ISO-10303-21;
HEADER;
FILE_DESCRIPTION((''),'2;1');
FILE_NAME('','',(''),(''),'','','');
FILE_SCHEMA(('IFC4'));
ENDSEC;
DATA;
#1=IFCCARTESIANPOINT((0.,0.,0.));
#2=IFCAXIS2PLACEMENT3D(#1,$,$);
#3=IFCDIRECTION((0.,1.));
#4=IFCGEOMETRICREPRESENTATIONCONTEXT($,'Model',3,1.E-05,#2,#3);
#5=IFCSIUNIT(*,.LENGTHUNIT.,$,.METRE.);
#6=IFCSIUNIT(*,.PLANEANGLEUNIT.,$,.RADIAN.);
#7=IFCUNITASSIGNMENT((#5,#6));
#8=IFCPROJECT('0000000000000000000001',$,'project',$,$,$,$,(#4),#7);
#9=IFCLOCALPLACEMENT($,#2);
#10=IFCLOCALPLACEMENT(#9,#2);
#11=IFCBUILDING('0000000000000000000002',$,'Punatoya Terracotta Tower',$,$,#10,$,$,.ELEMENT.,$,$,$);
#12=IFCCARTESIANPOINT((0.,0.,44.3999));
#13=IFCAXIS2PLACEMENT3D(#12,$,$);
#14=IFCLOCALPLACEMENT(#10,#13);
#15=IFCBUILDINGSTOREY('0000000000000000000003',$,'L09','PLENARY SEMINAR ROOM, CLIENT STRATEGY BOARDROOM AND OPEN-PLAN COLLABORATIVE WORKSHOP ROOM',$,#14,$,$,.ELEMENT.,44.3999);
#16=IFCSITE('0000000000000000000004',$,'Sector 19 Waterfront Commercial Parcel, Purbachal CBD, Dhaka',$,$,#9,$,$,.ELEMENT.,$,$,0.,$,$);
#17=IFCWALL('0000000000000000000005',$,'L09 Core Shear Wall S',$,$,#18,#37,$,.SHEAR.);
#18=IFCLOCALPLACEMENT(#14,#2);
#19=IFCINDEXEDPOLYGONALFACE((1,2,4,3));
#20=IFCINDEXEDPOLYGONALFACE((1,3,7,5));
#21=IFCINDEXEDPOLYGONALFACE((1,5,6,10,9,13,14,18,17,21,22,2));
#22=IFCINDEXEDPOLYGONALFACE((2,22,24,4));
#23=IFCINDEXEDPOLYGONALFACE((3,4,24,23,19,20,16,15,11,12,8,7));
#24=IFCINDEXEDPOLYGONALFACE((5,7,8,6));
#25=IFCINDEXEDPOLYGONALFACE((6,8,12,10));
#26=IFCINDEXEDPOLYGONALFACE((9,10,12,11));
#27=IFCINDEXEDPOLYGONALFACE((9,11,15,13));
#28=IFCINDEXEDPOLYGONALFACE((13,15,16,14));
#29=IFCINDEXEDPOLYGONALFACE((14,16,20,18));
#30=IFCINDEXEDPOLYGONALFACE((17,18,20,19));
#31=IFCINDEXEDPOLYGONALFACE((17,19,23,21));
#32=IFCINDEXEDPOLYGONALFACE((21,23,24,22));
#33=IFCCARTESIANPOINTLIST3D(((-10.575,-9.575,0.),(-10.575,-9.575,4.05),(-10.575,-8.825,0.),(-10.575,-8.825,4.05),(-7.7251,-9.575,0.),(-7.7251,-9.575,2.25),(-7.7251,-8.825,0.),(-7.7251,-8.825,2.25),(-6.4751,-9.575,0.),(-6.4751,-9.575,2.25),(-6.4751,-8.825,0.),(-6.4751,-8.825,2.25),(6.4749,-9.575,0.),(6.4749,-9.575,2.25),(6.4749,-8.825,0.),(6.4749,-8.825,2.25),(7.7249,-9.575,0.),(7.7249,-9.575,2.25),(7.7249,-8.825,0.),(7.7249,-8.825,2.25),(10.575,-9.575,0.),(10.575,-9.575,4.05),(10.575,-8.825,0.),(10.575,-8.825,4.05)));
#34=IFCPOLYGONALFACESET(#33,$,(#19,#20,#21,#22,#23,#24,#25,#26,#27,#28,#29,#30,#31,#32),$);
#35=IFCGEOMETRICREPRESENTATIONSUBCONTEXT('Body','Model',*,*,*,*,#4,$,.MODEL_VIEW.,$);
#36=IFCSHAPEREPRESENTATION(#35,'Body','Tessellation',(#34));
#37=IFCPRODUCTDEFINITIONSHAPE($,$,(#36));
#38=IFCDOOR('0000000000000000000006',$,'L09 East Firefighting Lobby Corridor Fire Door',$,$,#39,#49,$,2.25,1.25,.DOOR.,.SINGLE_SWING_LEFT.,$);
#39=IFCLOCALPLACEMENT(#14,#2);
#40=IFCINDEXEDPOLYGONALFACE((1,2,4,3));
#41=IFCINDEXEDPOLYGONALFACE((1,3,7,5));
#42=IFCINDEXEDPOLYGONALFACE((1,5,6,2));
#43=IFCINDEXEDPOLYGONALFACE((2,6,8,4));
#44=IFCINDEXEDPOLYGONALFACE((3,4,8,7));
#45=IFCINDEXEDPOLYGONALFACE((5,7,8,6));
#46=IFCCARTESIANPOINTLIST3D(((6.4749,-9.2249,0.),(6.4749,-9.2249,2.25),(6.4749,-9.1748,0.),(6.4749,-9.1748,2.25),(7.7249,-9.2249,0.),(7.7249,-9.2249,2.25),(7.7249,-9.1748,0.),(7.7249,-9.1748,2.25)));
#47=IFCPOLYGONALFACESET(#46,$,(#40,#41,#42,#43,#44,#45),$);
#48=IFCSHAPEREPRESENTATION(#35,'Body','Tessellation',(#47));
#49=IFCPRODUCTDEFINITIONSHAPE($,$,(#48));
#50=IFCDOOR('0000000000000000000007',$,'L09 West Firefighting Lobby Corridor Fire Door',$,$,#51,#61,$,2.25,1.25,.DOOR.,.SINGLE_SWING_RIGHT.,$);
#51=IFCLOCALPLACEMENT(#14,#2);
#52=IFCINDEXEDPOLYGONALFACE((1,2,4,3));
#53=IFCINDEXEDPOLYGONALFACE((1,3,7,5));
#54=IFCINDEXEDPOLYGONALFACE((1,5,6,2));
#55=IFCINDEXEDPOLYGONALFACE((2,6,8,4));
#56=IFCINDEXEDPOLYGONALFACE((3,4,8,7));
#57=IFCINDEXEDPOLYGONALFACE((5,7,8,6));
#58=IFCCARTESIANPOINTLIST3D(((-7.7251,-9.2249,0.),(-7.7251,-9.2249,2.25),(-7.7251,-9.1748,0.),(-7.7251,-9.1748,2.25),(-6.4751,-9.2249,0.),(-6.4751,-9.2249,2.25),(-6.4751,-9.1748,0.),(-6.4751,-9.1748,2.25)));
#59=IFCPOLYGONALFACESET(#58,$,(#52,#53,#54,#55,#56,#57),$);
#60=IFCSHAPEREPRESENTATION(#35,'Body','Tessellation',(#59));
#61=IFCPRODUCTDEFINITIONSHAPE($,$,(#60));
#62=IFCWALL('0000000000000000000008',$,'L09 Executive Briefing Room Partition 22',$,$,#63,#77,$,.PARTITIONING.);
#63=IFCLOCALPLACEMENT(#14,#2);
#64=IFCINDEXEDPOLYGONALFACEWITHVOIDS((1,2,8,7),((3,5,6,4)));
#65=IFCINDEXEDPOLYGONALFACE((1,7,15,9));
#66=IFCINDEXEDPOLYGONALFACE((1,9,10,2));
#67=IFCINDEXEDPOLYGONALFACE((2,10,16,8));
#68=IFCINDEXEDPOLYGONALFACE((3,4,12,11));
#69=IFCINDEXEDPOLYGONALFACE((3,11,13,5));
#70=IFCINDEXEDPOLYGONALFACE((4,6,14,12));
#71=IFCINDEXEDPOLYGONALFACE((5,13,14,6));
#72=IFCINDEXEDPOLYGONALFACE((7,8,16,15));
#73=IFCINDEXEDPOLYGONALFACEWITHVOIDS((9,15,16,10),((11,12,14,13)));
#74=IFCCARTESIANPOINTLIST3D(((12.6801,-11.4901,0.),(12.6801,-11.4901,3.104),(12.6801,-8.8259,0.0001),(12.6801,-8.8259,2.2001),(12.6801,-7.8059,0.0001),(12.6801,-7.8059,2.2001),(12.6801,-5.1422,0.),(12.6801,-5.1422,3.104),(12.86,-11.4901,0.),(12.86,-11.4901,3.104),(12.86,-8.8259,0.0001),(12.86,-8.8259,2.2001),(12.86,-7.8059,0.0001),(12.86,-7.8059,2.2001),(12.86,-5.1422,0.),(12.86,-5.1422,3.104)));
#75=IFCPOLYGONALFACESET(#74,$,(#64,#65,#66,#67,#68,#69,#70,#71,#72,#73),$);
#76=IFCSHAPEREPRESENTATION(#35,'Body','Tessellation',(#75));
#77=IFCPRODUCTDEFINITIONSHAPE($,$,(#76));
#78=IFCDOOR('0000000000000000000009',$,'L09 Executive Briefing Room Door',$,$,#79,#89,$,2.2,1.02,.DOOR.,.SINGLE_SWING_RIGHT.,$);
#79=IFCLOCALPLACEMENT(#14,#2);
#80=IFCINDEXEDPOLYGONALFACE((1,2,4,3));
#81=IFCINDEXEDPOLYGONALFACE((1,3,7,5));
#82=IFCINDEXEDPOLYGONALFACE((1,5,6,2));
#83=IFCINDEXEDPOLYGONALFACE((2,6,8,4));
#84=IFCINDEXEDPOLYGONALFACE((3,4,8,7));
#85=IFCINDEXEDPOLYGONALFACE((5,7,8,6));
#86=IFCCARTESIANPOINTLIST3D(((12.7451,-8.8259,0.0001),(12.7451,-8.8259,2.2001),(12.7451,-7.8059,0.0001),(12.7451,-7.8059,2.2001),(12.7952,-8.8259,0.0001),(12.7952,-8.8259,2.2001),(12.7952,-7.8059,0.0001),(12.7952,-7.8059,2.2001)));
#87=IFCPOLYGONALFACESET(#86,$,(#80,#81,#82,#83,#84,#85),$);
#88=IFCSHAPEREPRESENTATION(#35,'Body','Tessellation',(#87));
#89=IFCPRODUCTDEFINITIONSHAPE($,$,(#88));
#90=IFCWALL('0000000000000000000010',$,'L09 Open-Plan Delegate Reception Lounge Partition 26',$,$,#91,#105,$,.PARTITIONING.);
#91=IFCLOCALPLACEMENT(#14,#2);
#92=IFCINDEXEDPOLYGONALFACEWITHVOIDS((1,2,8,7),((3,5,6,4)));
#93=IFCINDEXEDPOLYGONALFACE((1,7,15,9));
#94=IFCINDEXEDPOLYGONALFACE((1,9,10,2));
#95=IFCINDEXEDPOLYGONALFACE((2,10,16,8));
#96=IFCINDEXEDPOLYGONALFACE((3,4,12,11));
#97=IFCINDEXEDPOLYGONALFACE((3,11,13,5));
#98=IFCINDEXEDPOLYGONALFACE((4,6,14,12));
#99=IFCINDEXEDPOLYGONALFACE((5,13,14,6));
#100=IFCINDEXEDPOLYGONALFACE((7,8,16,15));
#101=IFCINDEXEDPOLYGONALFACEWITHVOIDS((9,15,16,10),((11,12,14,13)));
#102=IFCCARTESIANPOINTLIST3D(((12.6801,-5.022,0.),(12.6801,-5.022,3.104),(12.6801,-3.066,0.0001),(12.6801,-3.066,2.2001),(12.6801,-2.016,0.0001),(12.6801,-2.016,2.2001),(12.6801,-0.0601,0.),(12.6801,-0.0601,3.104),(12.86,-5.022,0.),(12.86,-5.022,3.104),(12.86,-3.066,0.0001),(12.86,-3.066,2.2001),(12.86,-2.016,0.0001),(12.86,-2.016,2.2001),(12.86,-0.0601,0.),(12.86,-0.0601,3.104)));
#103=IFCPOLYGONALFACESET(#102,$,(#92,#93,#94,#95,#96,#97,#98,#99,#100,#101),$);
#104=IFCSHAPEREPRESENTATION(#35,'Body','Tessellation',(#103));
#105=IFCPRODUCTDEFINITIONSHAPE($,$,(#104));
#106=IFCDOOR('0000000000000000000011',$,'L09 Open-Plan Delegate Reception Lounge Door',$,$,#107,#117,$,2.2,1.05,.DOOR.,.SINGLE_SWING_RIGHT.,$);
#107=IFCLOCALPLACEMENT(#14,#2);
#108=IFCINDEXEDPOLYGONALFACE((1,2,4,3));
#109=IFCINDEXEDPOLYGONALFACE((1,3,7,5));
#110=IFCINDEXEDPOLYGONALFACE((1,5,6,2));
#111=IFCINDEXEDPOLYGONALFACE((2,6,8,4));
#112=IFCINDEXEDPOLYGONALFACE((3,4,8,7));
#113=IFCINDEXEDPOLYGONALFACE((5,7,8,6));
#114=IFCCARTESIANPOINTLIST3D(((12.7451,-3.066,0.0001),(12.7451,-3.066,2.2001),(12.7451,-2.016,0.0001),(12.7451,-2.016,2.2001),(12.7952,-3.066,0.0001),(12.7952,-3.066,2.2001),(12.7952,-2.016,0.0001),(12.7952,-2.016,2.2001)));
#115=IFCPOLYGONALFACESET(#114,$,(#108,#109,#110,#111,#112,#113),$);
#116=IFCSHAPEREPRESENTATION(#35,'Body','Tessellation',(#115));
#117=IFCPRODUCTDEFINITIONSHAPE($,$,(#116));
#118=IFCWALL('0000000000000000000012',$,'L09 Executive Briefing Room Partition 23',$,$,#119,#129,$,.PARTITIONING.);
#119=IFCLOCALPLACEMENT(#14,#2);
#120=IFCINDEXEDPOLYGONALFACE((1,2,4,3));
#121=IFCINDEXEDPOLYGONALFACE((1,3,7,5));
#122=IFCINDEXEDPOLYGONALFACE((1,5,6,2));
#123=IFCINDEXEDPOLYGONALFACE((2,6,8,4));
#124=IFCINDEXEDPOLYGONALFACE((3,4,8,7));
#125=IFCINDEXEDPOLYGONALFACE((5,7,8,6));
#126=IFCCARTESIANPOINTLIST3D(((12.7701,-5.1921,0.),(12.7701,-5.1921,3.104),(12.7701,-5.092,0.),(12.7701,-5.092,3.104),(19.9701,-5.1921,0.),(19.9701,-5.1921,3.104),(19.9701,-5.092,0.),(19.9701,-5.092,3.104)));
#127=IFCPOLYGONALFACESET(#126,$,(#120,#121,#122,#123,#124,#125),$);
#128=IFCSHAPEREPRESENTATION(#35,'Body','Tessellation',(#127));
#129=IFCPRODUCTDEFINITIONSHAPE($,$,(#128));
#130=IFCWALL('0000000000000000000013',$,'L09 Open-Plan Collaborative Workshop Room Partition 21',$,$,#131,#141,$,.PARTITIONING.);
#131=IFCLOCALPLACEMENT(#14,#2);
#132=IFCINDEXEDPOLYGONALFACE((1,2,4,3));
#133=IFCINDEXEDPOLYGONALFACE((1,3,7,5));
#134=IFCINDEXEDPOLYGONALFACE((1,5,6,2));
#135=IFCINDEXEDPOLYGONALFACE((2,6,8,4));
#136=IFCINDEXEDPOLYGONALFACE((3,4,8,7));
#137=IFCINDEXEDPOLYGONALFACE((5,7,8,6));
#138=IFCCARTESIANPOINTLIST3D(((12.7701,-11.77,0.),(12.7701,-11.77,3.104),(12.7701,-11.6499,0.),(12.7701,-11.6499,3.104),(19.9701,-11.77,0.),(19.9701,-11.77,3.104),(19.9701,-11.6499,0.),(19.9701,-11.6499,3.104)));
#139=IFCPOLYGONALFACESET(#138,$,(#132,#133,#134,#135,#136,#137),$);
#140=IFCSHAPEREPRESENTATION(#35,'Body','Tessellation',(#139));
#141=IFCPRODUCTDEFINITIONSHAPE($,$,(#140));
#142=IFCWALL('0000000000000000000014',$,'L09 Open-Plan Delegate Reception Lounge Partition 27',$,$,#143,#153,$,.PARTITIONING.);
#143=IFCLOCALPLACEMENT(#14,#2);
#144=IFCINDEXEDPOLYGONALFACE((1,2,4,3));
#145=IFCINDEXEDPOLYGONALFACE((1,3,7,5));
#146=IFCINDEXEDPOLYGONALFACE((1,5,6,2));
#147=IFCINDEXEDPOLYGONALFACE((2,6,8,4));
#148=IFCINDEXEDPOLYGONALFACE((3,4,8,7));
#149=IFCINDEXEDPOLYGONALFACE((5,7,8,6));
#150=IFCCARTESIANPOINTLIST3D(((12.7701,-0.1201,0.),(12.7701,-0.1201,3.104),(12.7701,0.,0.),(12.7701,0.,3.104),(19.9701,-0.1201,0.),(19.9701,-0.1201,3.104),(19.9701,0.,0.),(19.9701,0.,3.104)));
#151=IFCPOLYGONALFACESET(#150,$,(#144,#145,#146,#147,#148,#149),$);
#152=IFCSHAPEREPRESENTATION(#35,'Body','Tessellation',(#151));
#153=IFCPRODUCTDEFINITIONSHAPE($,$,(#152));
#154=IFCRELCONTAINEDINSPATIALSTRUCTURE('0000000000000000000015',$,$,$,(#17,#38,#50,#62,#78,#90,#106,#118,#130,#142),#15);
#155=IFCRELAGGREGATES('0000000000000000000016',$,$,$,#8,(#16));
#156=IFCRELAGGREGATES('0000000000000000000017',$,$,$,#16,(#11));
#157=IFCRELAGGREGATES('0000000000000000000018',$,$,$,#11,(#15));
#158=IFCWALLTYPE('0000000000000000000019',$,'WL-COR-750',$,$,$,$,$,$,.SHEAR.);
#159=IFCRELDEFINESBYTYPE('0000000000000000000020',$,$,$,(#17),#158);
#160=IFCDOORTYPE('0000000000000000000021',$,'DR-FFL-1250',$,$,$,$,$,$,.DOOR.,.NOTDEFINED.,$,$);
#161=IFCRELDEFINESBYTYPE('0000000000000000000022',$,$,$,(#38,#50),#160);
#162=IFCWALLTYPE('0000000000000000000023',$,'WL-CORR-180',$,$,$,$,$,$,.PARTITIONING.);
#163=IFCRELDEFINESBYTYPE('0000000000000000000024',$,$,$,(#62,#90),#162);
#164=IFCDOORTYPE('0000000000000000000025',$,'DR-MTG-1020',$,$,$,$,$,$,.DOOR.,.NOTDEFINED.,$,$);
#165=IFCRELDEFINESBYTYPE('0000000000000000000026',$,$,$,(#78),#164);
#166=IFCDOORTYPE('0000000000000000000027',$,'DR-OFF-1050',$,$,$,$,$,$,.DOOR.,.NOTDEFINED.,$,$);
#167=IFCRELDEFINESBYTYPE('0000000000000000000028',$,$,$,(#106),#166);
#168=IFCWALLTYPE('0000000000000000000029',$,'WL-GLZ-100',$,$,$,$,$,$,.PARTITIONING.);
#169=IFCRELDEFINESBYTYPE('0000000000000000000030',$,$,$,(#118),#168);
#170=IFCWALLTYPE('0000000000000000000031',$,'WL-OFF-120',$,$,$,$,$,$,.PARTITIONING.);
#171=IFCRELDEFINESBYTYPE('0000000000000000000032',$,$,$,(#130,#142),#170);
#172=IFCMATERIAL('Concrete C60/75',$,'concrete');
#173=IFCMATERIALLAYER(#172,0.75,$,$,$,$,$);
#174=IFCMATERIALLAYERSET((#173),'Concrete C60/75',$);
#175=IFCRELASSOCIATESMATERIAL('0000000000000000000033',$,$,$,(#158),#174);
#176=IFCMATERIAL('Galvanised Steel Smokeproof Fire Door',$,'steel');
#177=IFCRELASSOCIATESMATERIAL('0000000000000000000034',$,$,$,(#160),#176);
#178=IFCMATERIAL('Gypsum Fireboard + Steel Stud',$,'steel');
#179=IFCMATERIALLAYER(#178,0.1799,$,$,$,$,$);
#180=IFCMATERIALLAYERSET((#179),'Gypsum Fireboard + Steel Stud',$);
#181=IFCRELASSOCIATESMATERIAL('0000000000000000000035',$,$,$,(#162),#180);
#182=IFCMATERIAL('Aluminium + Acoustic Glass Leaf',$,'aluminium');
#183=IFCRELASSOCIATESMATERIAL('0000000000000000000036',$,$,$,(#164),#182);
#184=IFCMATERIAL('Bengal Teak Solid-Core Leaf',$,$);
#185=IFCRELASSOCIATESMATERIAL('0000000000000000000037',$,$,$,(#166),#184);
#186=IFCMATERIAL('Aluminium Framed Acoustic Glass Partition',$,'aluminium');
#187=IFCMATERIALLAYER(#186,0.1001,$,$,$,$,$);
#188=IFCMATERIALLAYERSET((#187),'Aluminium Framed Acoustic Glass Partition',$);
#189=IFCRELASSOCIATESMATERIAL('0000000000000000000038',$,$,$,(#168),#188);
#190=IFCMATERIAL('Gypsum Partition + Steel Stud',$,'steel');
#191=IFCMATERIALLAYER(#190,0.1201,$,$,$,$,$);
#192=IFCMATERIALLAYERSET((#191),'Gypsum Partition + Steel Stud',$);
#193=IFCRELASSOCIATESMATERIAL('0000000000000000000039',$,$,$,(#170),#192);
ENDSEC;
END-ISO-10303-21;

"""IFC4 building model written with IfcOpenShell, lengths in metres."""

from ifc_helpers import new_model, si_unit, direction, frame, frame_2d, origin, place, context, subcontext, project, spatial, rectangle, extrude, material, layer, layer_set, type_object, element, fill, save


model = new_model("IFC4")

# Units and contexts
model_context = context("Model", 3, precision=1e-05, world=origin(), true_north=direction((0.0, 1.0)))
body_context = subcontext(model_context, "Body", "Model", "MODEL_VIEW")
ifc_project = project(units=[si_unit("LENGTHUNIT", "METRE"), si_unit("PLANEANGLEUNIT", "RADIAN")], contexts=[model_context])

# Site, building, storey
site_placement = place(None, origin())
site = spatial("IfcSite", under=ifc_project, at=site_placement, Name="Sector 19 Waterfront Commercial Parcel, Purbachal CBD, Dhaka", CompositionType="ELEMENT", RefElevation=0.0)
building_placement = place(site_placement, origin())
building = spatial("IfcBuilding", under=site, at=building_placement, Name="Punatoya Terracotta Tower", CompositionType="ELEMENT")
storey_placement = place(building_placement, frame((0.0, 0.0, 44.3999)))
storey = spatial("IfcBuildingStorey", under=building, at=storey_placement, Name="L09", Description="PLENARY SEMINAR ROOM, CLIENT STRATEGY BOARDROOM AND OPEN-PLAN COLLABORATIVE WORKSHOP ROOM", CompositionType="ELEMENT", Elevation=44.3999)

# Wall, openings, doors
ifc_material_1 = material(Name="Concrete C60/75", Category="concrete")
ifc_layer_1 = layer(ifc_material_1, 0.75)
ifc_layer_set_1 = layer_set([ifc_layer_1], Name="Concrete C60/75")
wall_type_1 = type_object("IfcWallType", Name="WL-COR-750", PredefinedType="SHEAR", material=ifc_layer_set_1)
wall_1_placement = place(storey_placement, frame((10.575, -9.2, 0.0), z_axis=(0.0, 0.0, 1.0), x_axis=(-1.0, 0.0, 0.0)))
wall_1 = element("IfcWall", 1, at=wall_1_placement, inside=storey, type_object=wall_type_1, Name="L09 Core Shear Wall S", PredefinedType="SHEAR", context=body_context, shape_type="SweptSolid", body=[
    extrude(rectangle(XDim=21.1499, YDim=0.75, at=frame_2d((10.575, 0.0))), origin(), (0.0, 0.0, 1.0), 4.05),
])
opening_1_placement = place(wall_1_placement, frame((2.8501, 0.0, 0.0)))
opening_1 = element("IfcOpeningElement", 2, at=opening_1_placement, cuts=wall_1, PredefinedType="OPENING", context=body_context, shape_type="SweptSolid", body=[
    extrude(rectangle(XDim=1.25, YDim=2.25, at=frame_2d((0.625, 1.125))), frame((0.0, 0.385, 0.0), z_axis=(0.0, -1.0, 0.0), x_axis=(1.0, 0.0, 0.0)), (0.0, 0.0, 1.0), 0.77),
])
opening_2_placement = place(wall_1_placement, frame((17.05, 0.0, 0.0)))
opening_2 = element("IfcOpeningElement", 3, at=opening_2_placement, cuts=wall_1, PredefinedType="OPENING", context=body_context, shape_type="SweptSolid", body=[
    extrude(rectangle(XDim=1.25, YDim=2.25, at=frame_2d((0.625, 1.125))), frame((0.0, 0.385, 0.0), z_axis=(0.0, -1.0, 0.0), x_axis=(1.0, 0.0, 0.0)), (0.0, 0.0, 1.0), 0.77),
])
ifc_material_2 = material(Name="Galvanised Steel Smokeproof Fire Door", Category="steel")
door_type_1 = type_object("IfcDoorType", Name="DR-FFL-1250", OperationType="NOTDEFINED", PredefinedType="DOOR", material=ifc_material_2)
door_1_placement = place(opening_1_placement, origin())
door_1 = element("IfcDoor", 4, at=door_1_placement, inside=storey, type_object=door_type_1, Name="L09 East Firefighting Lobby Corridor Fire Door", OperationType="SINGLE_SWING_LEFT", OverallHeight=2.25, OverallWidth=1.25, PredefinedType="DOOR", context=body_context, shape_type="SweptSolid", body=[
    extrude(rectangle(XDim=1.25, YDim=2.25, at=frame_2d((0.625, 1.125))), frame((0.0, 0.0249, 0.0), z_axis=(0.0, -1.0, 0.0), x_axis=(1.0, 0.0, 0.0)), (0.0, 0.0, 1.0), 0.05),
])
fill(opening_1, door_1)
door_2_placement = place(opening_2_placement, origin())
door_2 = element("IfcDoor", 5, at=door_2_placement, inside=storey, type_object=door_type_1, Name="L09 West Firefighting Lobby Corridor Fire Door", OperationType="SINGLE_SWING_RIGHT", OverallHeight=2.25, OverallWidth=1.25, PredefinedType="DOOR", context=body_context, shape_type="SweptSolid", body=[
    extrude(rectangle(XDim=1.25, YDim=2.25, at=frame_2d((0.625, 1.125))), frame((0.0, 0.0249, 0.0), z_axis=(0.0, -1.0, 0.0), x_axis=(1.0, 0.0, 0.0)), (0.0, 0.0, 1.0), 0.05),
])
fill(opening_2, door_2)

# Walls, openings, doors
ifc_material_3 = material(Name="Gypsum Fireboard + Steel Stud", Category="steel")
ifc_layer_2 = layer(ifc_material_3, 0.1799)
ifc_layer_set_2 = layer_set([ifc_layer_2], Name="Gypsum Fireboard + Steel Stud")
wall_type_2 = type_object("IfcWallType", Name="WL-CORR-180", PredefinedType="PARTITIONING", material=ifc_layer_set_2)
wall_2_placement = place(storey_placement, frame((12.77, -11.49, 0.0), z_axis=(0.0, 0.0, 1.0), x_axis=(0.0, 1.0, 0.0)))
wall_2 = element("IfcWall", 6, at=wall_2_placement, inside=storey, type_object=wall_type_2, Name="L09 Executive Briefing Room Partition 22", PredefinedType="PARTITIONING", context=body_context, shape_type="SweptSolid", body=[
    extrude(rectangle(XDim=6.3479, YDim=0.1799, at=frame_2d((3.1738, 0.0))), origin(), (0.0, 0.0, 1.0), 3.104),
])
opening_3_placement = place(wall_2_placement, frame((2.6641, 0.0, 0.0)))
opening_3 = element("IfcOpeningElement", 7, at=opening_3_placement, cuts=wall_2, PredefinedType="OPENING", context=body_context, shape_type="SweptSolid", body=[
    extrude(rectangle(XDim=1.02, YDim=2.2, at=frame_2d((0.51, 1.1001))), frame((0.0, 0.0999, 0.0), z_axis=(0.0, -1.0, 0.0), x_axis=(1.0, 0.0, 0.0)), (0.0, 0.0, 1.0), 0.2),
])
ifc_material_4 = material(Name="Aluminium + Acoustic Glass Leaf", Category="aluminium")
door_type_2 = type_object("IfcDoorType", Name="DR-MTG-1020", OperationType="NOTDEFINED", PredefinedType="DOOR", material=ifc_material_4)
door_3_placement = place(opening_3_placement, origin())
door_3 = element("IfcDoor", 8, at=door_3_placement, inside=storey, type_object=door_type_2, Name="L09 Executive Briefing Room Door", OperationType="SINGLE_SWING_RIGHT", OverallHeight=2.2, OverallWidth=1.02, PredefinedType="DOOR", context=body_context, shape_type="SweptSolid", body=[
    extrude(rectangle(XDim=1.02, YDim=2.2, at=frame_2d((0.51, 1.1001))), frame((0.0, 0.0249, 0.0), z_axis=(0.0, -1.0, 0.0), x_axis=(1.0, 0.0, 0.0)), (0.0, 0.0, 1.0), 0.05),
])
fill(opening_3, door_3)
wall_3_placement = place(storey_placement, frame((12.77, -5.022, 0.0), z_axis=(0.0, 0.0, 1.0), x_axis=(0.0, 1.0, 0.0)))
wall_3 = element("IfcWall", 9, at=wall_3_placement, inside=storey, type_object=wall_type_2, Name="L09 Open-Plan Delegate Reception Lounge Partition 26", PredefinedType="PARTITIONING", context=body_context, shape_type="SweptSolid", body=[
    extrude(rectangle(XDim=4.9619, YDim=0.1799, at=frame_2d((2.481, 0.0))), origin(), (0.0, 0.0, 1.0), 3.104),
])
opening_4_placement = place(wall_3_placement, frame((1.9561, 0.0, 0.0)))
opening_4 = element("IfcOpeningElement", 10, at=opening_4_placement, cuts=wall_3, PredefinedType="OPENING", context=body_context, shape_type="SweptSolid", body=[
    extrude(rectangle(XDim=1.05, YDim=2.2, at=frame_2d((0.5249, 1.1001))), frame((0.0, 0.0999, 0.0), z_axis=(0.0, -1.0, 0.0), x_axis=(1.0, 0.0, 0.0)), (0.0, 0.0, 1.0), 0.2),
])
ifc_material_5 = material(Name="Bengal Teak Solid-Core Leaf")
door_type_3 = type_object("IfcDoorType", Name="DR-OFF-1050", OperationType="NOTDEFINED", PredefinedType="DOOR", material=ifc_material_5)
door_4_placement = place(opening_4_placement, origin())
door_4 = element("IfcDoor", 11, at=door_4_placement, inside=storey, type_object=door_type_3, Name="L09 Open-Plan Delegate Reception Lounge Door", OperationType="SINGLE_SWING_RIGHT", OverallHeight=2.2, OverallWidth=1.05, PredefinedType="DOOR", context=body_context, shape_type="SweptSolid", body=[
    extrude(rectangle(XDim=1.05, YDim=2.2, at=frame_2d((0.5249, 1.1001))), frame((0.0, 0.0249, 0.0), z_axis=(0.0, -1.0, 0.0), x_axis=(1.0, 0.0, 0.0)), (0.0, 0.0, 1.0), 0.05),
])
fill(opening_4, door_4)

# Walls
ifc_material_6 = material(Name="Aluminium Framed Acoustic Glass Partition", Category="aluminium")
ifc_layer_3 = layer(ifc_material_6, 0.1001)
ifc_layer_set_3 = layer_set([ifc_layer_3], Name="Aluminium Framed Acoustic Glass Partition")
wall_type_3 = type_object("IfcWallType", Name="WL-GLZ-100", PredefinedType="PARTITIONING", material=ifc_layer_set_3)
wall_4_placement = place(storey_placement, frame((12.77, -5.1421, 0.0), z_axis=(0.0, 0.0, 1.0), x_axis=(1.0, 0.0, 0.0)))
element("IfcWall", 12, at=wall_4_placement, inside=storey, type_object=wall_type_3, Name="L09 Executive Briefing Room Partition 23", PredefinedType="PARTITIONING", context=body_context, shape_type="SweptSolid", body=[
    extrude(rectangle(XDim=7.2, YDim=0.1001, at=frame_2d((3.6001, 0.0))), origin(), (0.0, 0.0, 1.0), 3.104),
])
ifc_material_7 = material(Name="Gypsum Partition + Steel Stud", Category="steel")
ifc_layer_4 = layer(ifc_material_7, 0.1201)
ifc_layer_set_4 = layer_set([ifc_layer_4], Name="Gypsum Partition + Steel Stud")
wall_type_4 = type_object("IfcWallType", Name="WL-OFF-120", PredefinedType="PARTITIONING", material=ifc_layer_set_4)
for number, where, z_axis, x_axis, name in (
    (13, (12.77, -11.71, 0.0), (0.0, 0.0, 1.0), (1.0, 0.0, 0.0), "L09 Open-Plan Collaborative Workshop Room Partition 21"),
    (14, (12.77, -0.0601, 0.0), (0.0, 0.0, 1.0), (1.0, 0.0, 0.0), "L09 Open-Plan Delegate Reception Lounge Partition 27"),
):
    element("IfcWall", number, at=place(storey_placement, frame(where, z_axis=z_axis, x_axis=x_axis)), inside=storey, type_object=wall_type_4, Name=name, PredefinedType="PARTITIONING", context=body_context, shape_type="SweptSolid", body=[
        extrude(rectangle(XDim=7.2, YDim=0.1201, at=frame_2d((3.6001, 0.0))), origin(), (0.0, 0.0, 1.0), 3.104),
    ])

save(model, "model.ifc")
